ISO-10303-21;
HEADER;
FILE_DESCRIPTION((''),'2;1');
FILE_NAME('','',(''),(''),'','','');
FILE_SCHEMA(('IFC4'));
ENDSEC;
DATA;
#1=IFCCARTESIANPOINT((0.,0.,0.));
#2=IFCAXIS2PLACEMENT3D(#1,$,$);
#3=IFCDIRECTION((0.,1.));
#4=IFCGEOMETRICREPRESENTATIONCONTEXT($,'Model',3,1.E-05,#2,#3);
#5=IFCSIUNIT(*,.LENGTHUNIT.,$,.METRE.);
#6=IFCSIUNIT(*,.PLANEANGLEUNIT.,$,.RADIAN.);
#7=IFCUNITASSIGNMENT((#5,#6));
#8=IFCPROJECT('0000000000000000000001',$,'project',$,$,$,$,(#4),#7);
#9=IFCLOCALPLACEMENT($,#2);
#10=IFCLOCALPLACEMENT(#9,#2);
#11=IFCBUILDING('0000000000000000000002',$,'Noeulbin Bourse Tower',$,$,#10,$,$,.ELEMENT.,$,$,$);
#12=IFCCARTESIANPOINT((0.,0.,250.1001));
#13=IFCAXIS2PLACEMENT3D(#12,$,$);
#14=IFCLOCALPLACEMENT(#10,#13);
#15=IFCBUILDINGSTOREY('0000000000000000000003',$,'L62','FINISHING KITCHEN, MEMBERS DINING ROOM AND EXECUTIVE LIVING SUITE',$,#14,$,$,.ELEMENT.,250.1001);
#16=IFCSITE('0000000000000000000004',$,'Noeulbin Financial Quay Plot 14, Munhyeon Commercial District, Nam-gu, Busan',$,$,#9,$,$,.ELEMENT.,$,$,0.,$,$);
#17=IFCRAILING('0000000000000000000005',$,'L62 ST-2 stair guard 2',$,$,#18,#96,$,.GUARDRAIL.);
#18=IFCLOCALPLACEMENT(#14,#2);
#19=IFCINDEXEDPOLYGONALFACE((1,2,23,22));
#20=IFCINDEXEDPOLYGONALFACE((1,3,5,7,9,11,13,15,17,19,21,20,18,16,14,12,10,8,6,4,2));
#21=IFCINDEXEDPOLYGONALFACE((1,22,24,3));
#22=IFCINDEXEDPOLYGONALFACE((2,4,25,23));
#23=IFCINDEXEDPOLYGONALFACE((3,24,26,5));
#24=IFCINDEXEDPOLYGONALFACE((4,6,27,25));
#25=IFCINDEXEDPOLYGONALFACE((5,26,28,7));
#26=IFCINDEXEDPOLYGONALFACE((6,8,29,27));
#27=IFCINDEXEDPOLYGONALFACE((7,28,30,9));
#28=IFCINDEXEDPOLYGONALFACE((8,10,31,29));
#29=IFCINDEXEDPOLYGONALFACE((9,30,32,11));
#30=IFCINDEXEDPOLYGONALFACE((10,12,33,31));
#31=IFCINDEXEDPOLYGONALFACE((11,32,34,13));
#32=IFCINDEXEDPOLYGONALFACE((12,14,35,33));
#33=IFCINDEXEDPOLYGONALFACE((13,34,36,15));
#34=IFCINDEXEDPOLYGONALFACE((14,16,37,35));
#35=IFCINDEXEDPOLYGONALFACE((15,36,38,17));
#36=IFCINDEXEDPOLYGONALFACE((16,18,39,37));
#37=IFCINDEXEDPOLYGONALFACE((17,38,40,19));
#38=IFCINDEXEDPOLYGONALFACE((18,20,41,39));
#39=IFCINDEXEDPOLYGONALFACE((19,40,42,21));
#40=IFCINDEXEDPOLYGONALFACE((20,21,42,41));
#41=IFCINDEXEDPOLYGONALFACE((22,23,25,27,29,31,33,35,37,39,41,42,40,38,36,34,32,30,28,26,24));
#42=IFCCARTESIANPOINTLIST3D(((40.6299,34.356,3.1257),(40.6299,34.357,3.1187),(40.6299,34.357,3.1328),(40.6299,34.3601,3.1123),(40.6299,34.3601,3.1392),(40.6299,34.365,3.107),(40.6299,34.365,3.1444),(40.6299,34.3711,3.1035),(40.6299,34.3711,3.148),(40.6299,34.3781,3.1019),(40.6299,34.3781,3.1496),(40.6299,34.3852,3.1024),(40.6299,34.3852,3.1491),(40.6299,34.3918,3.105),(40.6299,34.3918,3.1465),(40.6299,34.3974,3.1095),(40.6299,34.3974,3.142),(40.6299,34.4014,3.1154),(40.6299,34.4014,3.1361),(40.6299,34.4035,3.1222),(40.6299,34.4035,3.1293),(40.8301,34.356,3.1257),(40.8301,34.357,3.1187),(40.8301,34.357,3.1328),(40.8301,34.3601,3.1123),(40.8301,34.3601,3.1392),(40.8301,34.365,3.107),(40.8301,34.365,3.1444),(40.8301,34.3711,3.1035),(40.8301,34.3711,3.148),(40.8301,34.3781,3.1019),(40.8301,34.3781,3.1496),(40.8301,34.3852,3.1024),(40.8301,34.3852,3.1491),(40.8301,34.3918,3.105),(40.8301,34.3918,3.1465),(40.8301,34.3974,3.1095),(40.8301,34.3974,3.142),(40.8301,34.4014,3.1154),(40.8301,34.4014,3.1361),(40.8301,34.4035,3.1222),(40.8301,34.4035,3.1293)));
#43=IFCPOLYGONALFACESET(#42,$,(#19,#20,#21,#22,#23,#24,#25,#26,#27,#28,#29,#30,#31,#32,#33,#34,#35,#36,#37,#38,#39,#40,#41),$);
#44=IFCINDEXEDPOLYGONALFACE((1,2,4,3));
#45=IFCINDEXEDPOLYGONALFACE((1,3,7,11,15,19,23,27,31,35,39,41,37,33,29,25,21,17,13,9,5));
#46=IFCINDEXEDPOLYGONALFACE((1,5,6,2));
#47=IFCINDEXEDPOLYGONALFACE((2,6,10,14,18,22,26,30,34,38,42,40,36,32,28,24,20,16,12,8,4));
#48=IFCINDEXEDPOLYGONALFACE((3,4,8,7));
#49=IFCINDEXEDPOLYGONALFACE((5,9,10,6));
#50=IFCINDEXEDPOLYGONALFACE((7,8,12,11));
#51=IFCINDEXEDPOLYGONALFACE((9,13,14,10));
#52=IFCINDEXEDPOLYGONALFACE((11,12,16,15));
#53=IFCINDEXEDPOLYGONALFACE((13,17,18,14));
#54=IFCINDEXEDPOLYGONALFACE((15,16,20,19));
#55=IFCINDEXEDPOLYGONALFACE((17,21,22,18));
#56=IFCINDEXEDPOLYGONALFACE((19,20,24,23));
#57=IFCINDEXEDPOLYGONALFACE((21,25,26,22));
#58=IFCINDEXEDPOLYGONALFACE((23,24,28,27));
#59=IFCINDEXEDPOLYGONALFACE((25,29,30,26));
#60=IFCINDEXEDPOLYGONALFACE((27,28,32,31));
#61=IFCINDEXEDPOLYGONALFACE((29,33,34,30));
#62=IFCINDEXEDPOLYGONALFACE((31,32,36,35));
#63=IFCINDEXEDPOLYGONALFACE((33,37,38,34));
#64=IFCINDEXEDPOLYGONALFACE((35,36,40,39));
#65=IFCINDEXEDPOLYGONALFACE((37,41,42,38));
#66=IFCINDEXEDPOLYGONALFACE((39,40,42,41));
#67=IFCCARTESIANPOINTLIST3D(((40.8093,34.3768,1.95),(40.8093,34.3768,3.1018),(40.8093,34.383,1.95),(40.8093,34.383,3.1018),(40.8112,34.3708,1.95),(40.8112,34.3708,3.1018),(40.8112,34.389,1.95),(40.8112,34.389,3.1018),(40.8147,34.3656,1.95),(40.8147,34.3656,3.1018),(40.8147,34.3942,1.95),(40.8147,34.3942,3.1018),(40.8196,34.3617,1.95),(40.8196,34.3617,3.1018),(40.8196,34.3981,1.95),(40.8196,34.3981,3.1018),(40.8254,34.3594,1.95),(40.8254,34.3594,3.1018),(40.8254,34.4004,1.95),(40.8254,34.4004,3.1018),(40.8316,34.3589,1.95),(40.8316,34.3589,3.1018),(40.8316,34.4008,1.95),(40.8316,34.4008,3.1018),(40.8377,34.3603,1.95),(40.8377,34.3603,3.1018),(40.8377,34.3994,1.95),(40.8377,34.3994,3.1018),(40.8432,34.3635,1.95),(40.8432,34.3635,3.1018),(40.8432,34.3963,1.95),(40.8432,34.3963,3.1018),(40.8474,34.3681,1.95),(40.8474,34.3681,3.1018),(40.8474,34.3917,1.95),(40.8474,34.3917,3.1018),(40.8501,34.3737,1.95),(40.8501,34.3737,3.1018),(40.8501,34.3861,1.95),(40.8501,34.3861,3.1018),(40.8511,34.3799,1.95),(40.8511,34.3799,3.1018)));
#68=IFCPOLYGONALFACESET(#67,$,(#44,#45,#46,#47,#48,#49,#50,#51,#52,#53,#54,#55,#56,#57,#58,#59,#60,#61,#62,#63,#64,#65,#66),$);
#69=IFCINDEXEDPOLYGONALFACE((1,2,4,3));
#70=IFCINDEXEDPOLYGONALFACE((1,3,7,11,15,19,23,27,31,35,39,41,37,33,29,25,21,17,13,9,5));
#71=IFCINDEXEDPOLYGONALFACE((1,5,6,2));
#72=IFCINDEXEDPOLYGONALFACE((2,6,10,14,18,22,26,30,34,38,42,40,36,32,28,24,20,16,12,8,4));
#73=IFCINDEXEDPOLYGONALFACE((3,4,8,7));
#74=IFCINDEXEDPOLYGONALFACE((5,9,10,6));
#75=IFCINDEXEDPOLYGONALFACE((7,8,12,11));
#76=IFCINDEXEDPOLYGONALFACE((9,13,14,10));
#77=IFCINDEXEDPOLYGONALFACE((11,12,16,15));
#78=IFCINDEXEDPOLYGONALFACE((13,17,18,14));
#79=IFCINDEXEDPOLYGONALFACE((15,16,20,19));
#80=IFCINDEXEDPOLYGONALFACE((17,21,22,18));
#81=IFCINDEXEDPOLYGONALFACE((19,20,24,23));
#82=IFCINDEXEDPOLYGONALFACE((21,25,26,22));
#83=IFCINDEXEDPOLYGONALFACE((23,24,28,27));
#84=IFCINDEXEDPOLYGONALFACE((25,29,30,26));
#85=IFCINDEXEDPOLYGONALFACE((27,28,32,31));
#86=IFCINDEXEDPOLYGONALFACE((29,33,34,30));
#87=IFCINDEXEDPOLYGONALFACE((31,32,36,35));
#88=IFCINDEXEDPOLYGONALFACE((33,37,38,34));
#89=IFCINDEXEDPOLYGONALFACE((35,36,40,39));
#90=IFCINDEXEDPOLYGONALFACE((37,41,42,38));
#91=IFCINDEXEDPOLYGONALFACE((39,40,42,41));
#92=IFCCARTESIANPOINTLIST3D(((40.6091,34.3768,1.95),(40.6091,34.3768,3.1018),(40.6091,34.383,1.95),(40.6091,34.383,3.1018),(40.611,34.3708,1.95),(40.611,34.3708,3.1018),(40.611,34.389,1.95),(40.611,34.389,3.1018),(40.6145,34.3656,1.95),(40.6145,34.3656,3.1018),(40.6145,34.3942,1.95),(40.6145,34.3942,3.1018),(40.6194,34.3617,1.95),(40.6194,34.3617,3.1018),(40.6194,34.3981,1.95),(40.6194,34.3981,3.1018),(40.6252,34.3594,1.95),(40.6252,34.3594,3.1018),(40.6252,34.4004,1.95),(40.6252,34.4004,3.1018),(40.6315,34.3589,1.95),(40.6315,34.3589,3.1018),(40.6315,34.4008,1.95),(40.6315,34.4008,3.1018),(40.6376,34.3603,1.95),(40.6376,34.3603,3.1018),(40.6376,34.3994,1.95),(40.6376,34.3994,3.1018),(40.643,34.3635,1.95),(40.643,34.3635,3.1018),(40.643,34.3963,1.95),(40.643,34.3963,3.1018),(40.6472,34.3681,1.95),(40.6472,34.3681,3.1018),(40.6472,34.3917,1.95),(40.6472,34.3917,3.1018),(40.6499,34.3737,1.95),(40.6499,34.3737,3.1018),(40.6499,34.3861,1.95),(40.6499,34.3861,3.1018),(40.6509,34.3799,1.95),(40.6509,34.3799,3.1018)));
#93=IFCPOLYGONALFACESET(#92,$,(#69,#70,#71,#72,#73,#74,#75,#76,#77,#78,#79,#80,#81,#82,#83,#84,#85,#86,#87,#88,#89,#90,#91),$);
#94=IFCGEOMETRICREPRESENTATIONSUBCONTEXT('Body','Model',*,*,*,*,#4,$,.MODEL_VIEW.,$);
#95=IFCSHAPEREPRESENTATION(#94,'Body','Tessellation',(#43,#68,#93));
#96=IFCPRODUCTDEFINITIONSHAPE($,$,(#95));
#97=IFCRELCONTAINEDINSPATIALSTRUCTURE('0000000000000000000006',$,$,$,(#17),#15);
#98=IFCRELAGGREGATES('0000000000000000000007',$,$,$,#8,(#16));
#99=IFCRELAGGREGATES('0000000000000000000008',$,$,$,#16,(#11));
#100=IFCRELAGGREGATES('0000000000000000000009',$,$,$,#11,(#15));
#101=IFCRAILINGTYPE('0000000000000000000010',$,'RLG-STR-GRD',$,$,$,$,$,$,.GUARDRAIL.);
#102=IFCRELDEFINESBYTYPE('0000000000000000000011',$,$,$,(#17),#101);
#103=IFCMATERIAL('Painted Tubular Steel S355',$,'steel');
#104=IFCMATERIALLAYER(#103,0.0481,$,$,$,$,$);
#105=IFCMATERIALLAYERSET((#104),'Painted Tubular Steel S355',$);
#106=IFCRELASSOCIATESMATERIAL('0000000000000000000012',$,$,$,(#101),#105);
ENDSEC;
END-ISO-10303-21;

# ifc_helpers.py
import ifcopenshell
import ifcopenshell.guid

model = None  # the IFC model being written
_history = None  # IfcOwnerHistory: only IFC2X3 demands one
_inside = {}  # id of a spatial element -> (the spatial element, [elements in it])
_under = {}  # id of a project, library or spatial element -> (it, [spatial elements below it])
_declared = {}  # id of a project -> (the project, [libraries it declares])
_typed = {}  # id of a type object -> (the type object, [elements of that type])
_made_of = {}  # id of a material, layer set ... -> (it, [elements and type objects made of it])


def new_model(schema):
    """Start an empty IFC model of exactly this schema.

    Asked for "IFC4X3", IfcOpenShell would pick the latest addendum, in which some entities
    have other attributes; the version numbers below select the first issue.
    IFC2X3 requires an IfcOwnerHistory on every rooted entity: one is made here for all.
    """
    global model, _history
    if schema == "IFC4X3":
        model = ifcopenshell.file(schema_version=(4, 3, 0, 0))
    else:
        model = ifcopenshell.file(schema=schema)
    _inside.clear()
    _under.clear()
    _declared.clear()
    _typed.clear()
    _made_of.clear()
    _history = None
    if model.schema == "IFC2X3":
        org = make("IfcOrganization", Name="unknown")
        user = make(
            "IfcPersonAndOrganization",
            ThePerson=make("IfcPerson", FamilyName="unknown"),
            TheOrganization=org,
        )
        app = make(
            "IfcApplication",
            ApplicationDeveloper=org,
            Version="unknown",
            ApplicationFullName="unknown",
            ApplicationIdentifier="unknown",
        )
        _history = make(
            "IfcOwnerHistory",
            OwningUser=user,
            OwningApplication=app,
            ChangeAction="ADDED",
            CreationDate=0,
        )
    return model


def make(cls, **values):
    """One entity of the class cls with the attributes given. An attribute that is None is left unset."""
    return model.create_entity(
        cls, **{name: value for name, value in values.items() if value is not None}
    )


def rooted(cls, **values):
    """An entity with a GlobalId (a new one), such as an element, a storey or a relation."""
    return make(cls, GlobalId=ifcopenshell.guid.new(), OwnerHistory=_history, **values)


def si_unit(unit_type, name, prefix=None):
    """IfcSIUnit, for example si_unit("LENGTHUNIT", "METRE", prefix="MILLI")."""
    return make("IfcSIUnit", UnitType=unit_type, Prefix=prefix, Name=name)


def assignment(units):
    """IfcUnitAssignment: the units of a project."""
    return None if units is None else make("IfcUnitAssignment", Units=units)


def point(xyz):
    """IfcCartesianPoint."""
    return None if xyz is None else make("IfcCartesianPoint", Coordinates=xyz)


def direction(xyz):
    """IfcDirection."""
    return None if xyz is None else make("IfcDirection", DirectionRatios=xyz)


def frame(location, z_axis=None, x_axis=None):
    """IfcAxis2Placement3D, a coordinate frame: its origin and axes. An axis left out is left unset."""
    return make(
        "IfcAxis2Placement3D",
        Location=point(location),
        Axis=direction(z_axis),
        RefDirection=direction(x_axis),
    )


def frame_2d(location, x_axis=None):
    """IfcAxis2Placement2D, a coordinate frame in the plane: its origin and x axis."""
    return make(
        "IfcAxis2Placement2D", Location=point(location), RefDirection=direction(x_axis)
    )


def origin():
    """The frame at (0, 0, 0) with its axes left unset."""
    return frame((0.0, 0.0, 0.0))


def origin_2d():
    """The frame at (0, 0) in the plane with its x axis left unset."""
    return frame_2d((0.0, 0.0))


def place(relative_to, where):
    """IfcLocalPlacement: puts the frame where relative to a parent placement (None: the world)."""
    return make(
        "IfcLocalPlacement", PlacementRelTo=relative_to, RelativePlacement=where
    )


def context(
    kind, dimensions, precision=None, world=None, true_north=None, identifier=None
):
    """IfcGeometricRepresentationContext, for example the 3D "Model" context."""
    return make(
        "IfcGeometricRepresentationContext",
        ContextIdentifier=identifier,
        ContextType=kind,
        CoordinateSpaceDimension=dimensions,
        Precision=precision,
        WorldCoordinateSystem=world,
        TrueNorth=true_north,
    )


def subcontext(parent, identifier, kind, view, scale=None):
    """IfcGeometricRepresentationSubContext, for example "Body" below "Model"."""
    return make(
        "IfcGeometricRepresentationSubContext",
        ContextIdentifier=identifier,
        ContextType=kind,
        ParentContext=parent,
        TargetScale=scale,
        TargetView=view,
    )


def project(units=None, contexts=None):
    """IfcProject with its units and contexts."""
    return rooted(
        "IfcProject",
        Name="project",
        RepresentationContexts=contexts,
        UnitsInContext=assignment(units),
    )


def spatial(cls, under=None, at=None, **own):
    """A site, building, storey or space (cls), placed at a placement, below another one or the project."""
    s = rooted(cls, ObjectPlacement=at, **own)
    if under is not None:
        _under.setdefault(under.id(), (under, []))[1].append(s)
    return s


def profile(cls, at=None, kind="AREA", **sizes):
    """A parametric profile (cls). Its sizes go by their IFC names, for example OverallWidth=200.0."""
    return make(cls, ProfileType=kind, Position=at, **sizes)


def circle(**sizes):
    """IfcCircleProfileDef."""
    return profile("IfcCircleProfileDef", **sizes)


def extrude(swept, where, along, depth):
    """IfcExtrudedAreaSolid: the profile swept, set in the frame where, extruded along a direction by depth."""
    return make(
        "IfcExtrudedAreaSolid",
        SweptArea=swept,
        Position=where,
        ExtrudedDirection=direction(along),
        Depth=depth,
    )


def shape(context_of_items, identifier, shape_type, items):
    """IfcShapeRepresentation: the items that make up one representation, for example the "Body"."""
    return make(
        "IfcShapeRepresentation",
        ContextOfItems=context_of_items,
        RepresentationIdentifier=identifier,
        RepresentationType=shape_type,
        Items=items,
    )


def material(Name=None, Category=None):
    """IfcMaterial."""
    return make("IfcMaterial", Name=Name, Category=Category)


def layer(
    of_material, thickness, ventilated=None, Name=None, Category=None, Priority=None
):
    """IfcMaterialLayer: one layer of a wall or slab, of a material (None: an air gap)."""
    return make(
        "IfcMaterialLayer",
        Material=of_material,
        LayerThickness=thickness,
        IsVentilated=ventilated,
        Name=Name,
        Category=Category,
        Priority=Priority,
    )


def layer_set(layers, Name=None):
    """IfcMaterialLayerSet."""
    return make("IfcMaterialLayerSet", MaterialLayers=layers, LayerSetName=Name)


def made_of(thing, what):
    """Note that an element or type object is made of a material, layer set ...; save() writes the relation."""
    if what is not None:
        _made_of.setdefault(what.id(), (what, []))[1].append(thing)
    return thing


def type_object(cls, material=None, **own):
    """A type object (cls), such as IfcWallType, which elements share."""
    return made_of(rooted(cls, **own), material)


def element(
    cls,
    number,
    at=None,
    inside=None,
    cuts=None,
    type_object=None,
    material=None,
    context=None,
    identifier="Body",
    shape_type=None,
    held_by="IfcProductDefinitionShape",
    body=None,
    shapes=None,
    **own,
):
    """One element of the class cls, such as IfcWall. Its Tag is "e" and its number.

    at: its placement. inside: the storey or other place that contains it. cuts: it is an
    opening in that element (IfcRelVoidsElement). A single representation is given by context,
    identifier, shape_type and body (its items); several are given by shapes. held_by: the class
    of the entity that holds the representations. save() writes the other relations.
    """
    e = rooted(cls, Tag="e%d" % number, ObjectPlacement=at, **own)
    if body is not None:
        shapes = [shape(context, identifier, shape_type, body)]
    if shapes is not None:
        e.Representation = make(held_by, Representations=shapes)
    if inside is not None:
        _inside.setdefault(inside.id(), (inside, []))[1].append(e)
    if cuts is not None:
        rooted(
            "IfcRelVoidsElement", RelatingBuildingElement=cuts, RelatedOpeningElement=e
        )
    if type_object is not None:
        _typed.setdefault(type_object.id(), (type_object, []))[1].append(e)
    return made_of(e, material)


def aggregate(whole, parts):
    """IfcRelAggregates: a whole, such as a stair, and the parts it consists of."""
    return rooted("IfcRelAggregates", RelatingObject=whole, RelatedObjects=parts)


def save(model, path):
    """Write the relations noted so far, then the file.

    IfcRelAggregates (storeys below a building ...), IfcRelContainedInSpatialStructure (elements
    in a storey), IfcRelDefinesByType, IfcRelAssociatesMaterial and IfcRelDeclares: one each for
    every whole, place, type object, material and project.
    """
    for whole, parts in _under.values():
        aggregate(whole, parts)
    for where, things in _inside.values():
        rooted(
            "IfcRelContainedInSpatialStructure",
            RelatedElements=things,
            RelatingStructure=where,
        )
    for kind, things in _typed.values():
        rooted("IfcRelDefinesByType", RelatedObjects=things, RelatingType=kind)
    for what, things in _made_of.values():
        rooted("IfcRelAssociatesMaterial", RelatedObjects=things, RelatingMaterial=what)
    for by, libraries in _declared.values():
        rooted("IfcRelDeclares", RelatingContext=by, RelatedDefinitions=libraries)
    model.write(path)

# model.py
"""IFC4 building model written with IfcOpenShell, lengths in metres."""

from ifc_helpers import new_model, si_unit, direction, frame, origin, origin_2d, place, context, subcontext, project, spatial, circle, extrude, material, layer, layer_set, type_object, element, save


model = new_model("IFC4")

# Units and contexts
model_context = context("Model", 3, precision=1e-05, world=origin(), true_north=direction((0.0, 1.0)))
body_context = subcontext(model_context, "Body", "Model", "MODEL_VIEW")
ifc_project = project(units=[si_unit("LENGTHUNIT", "METRE"), si_unit("PLANEANGLEUNIT", "RADIAN")], contexts=[model_context])

# Site, building, storey
site_placement = place(None, origin())
site = spatial("IfcSite", under=ifc_project, at=site_placement, Name="Noeulbin Financial Quay Plot 14, Munhyeon Commercial District, Nam-gu, Busan", CompositionType="ELEMENT", RefElevation=0.0)
building_placement = place(site_placement, origin())
building = spatial("IfcBuilding", under=site, at=building_placement, Name="Noeulbin Bourse Tower", CompositionType="ELEMENT")
storey_placement = place(building_placement, frame((0.0, 0.0, 250.1001)))
storey = spatial("IfcBuildingStorey", under=building, at=storey_placement, Name="L62", Description="FINISHING KITCHEN, MEMBERS DINING ROOM AND EXECUTIVE LIVING SUITE", CompositionType="ELEMENT", Elevation=250.1001)

# Railing
ifc_material_1 = material(Name="Painted Tubular Steel S355", Category="steel")
ifc_layer_1 = layer(ifc_material_1, 0.0481)
ifc_layer_set_1 = layer_set([ifc_layer_1], Name="Painted Tubular Steel S355")
railing_type_1 = type_object("IfcRailingType", Name="RLG-STR-GRD", PredefinedType="GUARDRAIL", material=ifc_layer_set_1)
railing_1_placement = place(storey_placement, frame((40.8301, 34.3799, 1.95)))
element("IfcRailing", 1, at=railing_1_placement, inside=storey, type_object=railing_type_1, Name="L62 ST-2 stair guard 2", PredefinedType="GUARDRAIL", context=body_context, shape_type="SweptSolid", body=[
    extrude(circle(Radius=0.0239, at=origin_2d()), frame((0.0, 0.0, 1.1758), z_axis=(-1.0, 0.0, 0.0), x_axis=(0.0, -1.0, 0.0)), (0.0, 0.0, 1.0), 0.2002),
    extrude(circle(Radius=0.021, at=origin_2d()), origin(), (0.0, 0.0, 1.0), 1.1519),
    extrude(circle(Radius=0.021, at=origin_2d()), frame((-0.2002, 0.0, 0.0)), (0.0, 0.0, 1.0), 1.1519),
])

save(model, "model.ifc")
